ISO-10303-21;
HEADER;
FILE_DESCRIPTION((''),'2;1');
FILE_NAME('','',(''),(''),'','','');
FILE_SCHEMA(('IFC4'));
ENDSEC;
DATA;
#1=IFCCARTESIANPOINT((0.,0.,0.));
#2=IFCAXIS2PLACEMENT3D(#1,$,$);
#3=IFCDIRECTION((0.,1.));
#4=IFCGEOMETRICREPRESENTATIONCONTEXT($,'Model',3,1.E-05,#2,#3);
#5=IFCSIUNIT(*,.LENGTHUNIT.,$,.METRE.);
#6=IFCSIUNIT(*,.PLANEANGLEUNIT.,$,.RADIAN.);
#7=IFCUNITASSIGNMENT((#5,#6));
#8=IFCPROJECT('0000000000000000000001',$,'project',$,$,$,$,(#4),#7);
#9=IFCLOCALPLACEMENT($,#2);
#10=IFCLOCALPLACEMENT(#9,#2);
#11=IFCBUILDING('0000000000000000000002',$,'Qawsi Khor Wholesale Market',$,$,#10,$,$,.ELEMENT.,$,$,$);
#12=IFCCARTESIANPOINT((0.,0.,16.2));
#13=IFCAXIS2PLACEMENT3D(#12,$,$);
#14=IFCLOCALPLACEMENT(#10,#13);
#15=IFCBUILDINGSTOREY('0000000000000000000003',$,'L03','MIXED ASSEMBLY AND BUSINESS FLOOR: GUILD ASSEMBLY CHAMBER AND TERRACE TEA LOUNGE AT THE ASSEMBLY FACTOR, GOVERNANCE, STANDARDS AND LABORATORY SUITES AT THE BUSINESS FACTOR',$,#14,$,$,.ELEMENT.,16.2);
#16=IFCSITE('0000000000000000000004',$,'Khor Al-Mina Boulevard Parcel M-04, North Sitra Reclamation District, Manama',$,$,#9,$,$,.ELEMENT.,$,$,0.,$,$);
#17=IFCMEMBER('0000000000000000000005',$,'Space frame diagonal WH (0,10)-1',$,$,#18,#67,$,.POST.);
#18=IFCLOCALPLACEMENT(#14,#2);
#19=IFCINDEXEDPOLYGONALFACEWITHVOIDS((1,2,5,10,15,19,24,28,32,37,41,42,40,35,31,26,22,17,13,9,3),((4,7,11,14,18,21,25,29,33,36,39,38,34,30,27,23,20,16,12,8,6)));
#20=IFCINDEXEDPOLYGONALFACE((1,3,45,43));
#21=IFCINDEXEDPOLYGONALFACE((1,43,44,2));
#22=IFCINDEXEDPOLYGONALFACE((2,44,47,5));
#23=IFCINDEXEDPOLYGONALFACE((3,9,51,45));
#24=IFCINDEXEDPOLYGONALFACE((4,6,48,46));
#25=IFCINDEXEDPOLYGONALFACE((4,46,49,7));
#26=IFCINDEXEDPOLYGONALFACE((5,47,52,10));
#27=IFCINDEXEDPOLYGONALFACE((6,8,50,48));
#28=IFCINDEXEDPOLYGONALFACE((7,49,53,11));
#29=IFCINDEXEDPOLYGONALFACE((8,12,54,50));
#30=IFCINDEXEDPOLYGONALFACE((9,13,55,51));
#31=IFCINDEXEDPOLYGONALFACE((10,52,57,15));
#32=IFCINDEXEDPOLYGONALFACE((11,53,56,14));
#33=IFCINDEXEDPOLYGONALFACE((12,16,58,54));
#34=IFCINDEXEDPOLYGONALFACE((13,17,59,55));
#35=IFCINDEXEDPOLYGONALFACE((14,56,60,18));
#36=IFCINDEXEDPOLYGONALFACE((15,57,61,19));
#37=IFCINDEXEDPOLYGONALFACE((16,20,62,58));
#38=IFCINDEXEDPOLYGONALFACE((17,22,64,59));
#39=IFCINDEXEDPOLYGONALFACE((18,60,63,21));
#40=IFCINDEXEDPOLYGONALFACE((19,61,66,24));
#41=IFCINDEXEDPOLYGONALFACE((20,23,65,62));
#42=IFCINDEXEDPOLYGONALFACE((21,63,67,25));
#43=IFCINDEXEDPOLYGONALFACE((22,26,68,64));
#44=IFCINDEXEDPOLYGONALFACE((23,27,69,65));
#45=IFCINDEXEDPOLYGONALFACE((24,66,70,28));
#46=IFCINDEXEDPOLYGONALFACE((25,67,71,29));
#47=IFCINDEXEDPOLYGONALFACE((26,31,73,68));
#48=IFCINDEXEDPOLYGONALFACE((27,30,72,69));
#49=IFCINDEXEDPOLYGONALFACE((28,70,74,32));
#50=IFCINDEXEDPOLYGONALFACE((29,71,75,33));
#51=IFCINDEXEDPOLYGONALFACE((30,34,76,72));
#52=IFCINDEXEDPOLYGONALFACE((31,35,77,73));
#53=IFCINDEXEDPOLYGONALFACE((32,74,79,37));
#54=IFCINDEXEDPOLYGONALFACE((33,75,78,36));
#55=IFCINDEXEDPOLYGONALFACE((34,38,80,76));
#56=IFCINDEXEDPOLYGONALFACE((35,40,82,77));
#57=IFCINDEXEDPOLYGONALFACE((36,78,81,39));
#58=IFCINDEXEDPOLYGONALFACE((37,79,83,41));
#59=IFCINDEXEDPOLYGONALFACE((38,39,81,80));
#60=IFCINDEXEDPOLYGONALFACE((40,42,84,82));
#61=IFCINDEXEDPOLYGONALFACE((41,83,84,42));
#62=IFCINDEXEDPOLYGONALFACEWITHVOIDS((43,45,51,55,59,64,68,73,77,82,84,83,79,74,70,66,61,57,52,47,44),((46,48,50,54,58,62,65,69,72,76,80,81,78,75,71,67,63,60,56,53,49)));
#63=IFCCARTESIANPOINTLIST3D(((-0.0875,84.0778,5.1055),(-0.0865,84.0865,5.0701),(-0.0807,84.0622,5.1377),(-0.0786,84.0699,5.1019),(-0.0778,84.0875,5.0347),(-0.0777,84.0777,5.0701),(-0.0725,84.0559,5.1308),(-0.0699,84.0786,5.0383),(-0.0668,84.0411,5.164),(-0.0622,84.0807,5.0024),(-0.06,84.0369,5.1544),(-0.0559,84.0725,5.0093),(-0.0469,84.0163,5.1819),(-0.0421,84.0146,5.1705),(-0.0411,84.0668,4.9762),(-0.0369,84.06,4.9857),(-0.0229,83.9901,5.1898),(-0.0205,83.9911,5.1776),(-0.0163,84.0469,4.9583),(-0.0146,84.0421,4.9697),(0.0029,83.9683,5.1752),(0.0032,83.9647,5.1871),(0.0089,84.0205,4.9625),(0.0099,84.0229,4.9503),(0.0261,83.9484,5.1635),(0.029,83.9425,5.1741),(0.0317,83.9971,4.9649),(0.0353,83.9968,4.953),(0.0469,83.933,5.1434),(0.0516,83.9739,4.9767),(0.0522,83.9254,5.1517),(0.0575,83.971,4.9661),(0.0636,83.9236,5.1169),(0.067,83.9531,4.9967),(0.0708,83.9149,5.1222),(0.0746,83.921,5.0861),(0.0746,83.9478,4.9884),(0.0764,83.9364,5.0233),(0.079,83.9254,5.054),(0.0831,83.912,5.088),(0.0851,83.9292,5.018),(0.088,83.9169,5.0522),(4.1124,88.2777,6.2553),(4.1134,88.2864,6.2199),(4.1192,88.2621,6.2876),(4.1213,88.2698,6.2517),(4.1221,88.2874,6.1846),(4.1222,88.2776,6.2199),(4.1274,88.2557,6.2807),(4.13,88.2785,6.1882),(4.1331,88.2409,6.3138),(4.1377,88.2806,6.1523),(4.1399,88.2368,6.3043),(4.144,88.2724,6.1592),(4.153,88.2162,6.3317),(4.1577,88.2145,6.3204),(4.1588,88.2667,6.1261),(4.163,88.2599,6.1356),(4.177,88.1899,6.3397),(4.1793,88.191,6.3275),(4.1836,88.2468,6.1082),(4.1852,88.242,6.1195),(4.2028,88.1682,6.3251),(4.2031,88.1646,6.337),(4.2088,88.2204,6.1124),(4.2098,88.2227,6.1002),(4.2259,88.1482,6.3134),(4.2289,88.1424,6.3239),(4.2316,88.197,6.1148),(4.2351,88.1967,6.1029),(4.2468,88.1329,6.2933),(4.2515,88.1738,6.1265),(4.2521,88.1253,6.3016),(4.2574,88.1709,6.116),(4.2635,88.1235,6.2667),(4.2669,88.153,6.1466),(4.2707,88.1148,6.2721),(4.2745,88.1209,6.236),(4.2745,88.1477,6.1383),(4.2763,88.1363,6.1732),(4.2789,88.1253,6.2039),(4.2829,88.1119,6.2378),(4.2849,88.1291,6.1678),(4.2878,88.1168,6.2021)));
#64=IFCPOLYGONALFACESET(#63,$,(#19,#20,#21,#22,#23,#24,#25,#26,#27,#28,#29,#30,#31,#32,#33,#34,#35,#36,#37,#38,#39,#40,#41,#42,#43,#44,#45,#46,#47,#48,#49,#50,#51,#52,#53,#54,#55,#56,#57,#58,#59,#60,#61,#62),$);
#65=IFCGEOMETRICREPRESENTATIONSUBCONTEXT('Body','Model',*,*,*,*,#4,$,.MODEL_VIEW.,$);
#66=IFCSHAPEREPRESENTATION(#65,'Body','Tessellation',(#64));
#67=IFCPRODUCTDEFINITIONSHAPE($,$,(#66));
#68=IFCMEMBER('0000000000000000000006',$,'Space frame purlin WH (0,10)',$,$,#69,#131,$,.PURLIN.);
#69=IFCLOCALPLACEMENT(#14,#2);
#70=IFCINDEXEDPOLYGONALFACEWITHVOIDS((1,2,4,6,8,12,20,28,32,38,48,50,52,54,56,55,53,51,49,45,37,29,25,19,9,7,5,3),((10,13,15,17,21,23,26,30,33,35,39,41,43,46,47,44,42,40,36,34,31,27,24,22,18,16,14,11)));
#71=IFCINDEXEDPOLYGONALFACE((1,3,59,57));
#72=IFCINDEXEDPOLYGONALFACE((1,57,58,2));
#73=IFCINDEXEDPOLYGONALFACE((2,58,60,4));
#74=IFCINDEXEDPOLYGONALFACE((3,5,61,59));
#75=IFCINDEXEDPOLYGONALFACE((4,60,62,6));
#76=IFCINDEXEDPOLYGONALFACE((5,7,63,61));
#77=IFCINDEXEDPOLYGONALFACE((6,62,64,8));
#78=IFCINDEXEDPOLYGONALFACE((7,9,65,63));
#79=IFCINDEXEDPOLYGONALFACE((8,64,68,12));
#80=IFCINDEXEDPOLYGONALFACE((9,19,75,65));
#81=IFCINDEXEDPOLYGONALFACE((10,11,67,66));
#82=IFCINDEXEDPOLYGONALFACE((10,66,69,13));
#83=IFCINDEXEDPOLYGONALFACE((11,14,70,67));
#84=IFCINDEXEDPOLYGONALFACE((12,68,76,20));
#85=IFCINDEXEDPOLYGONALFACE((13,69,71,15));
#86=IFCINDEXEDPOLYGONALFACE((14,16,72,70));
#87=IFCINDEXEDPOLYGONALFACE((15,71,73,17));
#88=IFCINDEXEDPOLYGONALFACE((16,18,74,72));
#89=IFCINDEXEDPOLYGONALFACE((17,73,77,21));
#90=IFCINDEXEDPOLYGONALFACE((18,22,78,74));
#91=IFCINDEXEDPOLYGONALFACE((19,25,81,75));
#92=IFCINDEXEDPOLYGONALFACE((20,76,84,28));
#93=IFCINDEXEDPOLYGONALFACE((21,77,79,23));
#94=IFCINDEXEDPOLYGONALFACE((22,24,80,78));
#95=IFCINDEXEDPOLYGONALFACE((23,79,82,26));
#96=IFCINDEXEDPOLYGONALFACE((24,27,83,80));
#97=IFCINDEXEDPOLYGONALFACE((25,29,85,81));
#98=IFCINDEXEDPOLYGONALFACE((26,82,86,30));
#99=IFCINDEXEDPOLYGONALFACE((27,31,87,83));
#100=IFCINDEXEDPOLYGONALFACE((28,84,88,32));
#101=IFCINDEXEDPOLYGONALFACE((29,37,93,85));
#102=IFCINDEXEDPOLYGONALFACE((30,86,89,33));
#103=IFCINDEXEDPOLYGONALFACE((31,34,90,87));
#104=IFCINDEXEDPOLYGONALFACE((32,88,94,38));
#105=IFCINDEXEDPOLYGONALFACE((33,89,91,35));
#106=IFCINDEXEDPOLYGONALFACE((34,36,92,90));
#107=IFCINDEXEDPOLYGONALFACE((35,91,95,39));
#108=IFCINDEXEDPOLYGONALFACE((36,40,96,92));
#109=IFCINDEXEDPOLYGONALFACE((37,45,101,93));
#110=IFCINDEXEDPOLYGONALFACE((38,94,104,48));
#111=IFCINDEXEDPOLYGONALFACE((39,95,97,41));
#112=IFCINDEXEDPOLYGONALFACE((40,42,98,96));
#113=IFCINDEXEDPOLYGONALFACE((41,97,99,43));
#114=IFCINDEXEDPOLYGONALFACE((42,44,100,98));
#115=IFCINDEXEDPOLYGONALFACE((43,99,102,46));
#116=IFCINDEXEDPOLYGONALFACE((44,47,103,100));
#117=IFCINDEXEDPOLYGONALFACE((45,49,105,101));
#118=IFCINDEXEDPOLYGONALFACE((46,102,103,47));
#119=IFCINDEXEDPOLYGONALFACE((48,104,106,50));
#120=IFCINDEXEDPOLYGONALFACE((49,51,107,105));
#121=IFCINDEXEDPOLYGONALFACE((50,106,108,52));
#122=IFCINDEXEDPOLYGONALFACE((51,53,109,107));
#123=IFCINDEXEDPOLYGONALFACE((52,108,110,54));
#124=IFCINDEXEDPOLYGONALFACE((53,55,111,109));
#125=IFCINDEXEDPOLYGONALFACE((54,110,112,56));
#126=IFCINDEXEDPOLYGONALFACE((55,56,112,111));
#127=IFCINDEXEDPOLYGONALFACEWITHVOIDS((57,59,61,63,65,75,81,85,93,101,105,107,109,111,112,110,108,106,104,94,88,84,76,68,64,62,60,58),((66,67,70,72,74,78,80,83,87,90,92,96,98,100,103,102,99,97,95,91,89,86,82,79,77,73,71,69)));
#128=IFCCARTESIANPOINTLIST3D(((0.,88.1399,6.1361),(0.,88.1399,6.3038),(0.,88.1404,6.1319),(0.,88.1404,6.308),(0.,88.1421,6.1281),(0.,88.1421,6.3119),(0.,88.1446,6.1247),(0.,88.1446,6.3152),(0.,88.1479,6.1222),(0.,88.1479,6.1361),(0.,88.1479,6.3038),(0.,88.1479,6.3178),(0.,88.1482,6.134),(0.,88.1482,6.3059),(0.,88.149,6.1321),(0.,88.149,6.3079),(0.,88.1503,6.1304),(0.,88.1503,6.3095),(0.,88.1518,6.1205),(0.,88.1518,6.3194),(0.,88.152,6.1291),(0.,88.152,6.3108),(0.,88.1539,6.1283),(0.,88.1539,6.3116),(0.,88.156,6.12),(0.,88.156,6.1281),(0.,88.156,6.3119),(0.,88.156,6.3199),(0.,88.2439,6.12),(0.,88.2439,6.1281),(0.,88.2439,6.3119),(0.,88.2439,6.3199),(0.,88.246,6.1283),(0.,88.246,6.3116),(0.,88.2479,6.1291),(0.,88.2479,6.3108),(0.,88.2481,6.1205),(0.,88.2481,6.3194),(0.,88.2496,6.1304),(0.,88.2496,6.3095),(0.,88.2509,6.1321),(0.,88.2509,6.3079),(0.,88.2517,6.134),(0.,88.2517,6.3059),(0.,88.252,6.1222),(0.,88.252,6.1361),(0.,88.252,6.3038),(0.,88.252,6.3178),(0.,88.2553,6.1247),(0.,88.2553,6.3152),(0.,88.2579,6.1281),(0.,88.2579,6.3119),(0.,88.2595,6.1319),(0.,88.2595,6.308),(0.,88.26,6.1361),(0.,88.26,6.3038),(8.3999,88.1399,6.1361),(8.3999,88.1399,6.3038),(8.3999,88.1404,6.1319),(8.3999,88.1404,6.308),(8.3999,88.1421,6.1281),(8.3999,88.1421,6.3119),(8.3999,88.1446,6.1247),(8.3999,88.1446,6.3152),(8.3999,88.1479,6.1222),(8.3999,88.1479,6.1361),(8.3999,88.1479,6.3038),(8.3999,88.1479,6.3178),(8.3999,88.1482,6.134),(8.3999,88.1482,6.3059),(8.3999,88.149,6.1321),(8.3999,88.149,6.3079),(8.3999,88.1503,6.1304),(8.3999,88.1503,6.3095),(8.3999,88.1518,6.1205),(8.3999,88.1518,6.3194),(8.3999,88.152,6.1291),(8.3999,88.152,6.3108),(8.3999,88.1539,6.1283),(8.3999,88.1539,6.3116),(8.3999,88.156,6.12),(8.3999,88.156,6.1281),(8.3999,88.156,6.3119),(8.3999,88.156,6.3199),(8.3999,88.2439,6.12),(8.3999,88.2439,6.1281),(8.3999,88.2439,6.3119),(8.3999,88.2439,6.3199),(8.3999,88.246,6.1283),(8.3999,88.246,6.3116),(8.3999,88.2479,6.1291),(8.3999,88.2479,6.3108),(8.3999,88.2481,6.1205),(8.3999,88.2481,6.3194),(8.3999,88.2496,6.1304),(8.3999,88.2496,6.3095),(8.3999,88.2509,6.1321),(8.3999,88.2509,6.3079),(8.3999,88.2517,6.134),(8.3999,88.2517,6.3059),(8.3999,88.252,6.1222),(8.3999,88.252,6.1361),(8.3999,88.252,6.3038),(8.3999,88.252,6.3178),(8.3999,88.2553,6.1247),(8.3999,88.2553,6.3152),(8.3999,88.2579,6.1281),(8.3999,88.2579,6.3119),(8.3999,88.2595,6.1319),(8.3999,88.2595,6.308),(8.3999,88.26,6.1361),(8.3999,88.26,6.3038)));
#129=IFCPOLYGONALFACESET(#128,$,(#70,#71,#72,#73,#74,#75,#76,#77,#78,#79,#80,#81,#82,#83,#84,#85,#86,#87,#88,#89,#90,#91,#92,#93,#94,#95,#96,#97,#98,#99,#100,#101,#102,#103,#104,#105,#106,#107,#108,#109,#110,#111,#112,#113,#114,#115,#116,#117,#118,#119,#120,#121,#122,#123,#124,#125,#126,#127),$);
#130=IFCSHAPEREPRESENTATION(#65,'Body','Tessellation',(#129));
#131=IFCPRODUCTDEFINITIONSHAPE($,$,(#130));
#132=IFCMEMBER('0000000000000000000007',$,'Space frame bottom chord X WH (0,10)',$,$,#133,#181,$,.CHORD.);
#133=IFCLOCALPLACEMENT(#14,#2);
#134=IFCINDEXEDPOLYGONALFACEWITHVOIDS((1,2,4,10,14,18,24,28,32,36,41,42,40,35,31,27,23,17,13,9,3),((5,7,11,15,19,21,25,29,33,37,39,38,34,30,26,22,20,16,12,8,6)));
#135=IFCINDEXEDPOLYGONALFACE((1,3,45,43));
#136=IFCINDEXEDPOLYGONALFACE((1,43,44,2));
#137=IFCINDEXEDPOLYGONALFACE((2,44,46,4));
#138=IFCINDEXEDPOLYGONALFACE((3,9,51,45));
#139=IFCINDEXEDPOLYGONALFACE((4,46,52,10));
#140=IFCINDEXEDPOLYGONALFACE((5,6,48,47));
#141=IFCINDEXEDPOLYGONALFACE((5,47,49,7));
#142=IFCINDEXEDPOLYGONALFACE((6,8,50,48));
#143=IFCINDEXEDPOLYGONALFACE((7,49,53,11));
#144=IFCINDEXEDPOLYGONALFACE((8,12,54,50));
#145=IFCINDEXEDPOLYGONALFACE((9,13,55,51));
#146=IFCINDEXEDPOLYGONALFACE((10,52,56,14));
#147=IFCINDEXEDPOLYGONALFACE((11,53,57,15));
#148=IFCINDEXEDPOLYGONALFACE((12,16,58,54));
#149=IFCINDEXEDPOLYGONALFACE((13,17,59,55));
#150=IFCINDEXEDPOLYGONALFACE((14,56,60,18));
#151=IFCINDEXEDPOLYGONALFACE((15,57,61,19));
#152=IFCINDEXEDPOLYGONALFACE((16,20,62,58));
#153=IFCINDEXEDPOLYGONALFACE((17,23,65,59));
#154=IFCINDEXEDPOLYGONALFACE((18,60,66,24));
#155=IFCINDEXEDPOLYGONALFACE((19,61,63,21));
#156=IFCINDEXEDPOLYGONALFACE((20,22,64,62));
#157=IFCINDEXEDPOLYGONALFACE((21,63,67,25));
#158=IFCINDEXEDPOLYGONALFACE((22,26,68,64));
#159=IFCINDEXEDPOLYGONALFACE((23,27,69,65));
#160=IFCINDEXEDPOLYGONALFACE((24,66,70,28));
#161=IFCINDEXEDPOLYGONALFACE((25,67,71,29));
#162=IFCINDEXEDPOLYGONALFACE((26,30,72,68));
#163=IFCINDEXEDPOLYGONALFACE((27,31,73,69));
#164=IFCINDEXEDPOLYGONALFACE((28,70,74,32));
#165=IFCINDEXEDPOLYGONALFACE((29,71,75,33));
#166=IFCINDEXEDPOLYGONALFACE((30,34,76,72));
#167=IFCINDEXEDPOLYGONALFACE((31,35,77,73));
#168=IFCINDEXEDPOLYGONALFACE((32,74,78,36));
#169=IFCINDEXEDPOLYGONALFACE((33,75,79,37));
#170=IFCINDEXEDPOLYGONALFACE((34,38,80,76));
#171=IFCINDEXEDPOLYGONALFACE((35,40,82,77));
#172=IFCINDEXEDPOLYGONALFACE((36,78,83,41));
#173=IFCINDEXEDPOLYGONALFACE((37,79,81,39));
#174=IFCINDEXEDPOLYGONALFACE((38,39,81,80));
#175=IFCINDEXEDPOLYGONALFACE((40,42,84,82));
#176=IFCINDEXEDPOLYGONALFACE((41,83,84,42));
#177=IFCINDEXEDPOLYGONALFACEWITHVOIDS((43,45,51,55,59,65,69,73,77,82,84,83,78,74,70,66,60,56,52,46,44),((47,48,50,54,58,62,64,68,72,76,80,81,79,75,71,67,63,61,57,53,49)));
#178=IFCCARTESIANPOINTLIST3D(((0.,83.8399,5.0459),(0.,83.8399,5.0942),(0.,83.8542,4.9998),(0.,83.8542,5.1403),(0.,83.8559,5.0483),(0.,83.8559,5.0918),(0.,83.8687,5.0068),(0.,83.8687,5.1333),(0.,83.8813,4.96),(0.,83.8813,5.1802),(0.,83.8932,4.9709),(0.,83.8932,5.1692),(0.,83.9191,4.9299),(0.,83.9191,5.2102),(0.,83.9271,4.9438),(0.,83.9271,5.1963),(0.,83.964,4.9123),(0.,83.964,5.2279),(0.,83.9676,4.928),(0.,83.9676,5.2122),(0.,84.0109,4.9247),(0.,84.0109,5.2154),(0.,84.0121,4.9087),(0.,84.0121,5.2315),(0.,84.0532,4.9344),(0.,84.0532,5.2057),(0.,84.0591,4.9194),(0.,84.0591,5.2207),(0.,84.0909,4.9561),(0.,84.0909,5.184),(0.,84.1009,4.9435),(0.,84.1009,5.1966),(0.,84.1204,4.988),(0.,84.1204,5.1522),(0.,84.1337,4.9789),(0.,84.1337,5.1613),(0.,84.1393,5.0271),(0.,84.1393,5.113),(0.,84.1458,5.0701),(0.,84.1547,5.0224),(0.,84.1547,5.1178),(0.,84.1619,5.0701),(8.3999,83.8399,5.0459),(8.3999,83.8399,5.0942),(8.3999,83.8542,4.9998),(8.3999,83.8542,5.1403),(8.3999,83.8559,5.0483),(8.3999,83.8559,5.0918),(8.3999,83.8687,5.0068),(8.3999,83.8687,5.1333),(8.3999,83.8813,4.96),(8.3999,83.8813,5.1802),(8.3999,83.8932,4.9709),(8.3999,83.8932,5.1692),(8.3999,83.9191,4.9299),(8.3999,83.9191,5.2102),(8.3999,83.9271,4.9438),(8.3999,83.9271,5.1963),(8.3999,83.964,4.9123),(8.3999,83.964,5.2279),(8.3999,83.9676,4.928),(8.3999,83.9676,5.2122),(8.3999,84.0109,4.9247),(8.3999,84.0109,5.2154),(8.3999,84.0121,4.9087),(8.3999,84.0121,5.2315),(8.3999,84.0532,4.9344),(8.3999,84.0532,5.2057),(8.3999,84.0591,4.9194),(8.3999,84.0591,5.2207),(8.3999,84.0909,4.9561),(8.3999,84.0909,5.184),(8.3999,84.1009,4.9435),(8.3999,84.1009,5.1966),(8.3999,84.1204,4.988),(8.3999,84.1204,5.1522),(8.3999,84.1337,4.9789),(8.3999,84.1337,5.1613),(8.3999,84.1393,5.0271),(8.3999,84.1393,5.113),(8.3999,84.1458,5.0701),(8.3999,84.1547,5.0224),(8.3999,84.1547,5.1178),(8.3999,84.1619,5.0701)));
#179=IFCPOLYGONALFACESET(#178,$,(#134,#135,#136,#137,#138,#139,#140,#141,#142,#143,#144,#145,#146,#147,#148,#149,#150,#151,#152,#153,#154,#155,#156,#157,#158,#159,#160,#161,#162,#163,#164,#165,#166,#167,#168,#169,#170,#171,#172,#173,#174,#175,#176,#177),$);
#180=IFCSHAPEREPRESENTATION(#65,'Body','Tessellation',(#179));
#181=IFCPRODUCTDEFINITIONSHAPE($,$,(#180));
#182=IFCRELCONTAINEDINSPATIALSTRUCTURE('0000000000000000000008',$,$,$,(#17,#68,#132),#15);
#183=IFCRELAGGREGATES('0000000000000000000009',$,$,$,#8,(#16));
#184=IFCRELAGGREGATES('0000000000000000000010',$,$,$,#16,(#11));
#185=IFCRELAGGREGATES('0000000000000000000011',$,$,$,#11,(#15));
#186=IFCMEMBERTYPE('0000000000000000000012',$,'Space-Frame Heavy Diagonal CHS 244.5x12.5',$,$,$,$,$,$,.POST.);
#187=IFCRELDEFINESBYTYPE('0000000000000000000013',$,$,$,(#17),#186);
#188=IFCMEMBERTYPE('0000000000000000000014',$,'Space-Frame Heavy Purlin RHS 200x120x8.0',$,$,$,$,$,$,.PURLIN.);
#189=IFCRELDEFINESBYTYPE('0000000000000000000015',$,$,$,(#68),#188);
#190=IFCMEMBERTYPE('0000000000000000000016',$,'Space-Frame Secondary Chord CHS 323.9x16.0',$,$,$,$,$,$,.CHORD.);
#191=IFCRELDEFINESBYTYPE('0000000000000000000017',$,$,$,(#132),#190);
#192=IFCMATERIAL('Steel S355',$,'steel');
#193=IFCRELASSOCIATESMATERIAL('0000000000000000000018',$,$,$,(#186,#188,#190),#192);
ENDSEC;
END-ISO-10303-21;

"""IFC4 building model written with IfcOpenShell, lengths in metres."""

from ifc_helpers import new_model, si_unit, direction, frame, origin, origin_2d, place, context, subcontext, project, spatial, hollow_rectangle, hollow_circle, extrude, material, material_profile, profile_set, type_object, element, save


model = new_model("IFC4")

# Units and contexts
model_context = context("Model", 3, precision=1e-05, world=origin(), true_north=direction((0.0, 1.0)))
body_context = subcontext(model_context, "Body", "Model", "MODEL_VIEW")
ifc_project = project(units=[si_unit("LENGTHUNIT", "METRE"), si_unit("PLANEANGLEUNIT", "RADIAN")], contexts=[model_context])

# Site, building, storey
site_placement = place(None, origin())
site = spatial("IfcSite", under=ifc_project, at=site_placement, Name="Khor Al-Mina Boulevard Parcel M-04, North Sitra Reclamation District, Manama", CompositionType="ELEMENT", RefElevation=0.0)
building_placement = place(site_placement, origin())
building = spatial("IfcBuilding", under=site, at=building_placement, Name="Qawsi Khor Wholesale Market", CompositionType="ELEMENT")
storey_placement = place(building_placement, frame((0.0, 0.0, 16.2)))
storey = spatial("IfcBuildingStorey", under=building, at=storey_placement, Name="L03", Description="MIXED ASSEMBLY AND BUSINESS FLOOR: GUILD ASSEMBLY CHAMBER AND TERRACE TEA LOUNGE AT THE ASSEMBLY FACTOR, GOVERNANCE, STANDARDS AND LABORATORY SUITES AT THE BUSINESS FACTOR", CompositionType="ELEMENT", Elevation=16.2)

# Members
ifc_material_1 = material(Name="Steel S355", Category="steel")
ifc_material_profile_1 = material_profile(ifc_material_1, hollow_circle(Radius=0.1223, WallThickness=0.0125, at=origin_2d()), Name="CHS 244.5x12.5")
ifc_profile_set_1 = profile_set([ifc_material_profile_1], Name="Steel S355")
member_type_1 = type_object("IfcMemberType", Name="Space-Frame Heavy Diagonal CHS 244.5x12.5", PredefinedType="POST", material=ifc_profile_set_1)
member_1_placement = place(storey_placement, frame((0.0, 84.0, 5.0701), z_axis=(0.694217, 0.694217, 0.190069), x_axis=(-0.707107, 0.707107, 0.0)))
element("IfcMember", 1, at=member_1_placement, inside=storey, type_object=member_type_1, Name="Space frame diagonal WH (0,10)-1", PredefinedType="POST", context=body_context, shape_type="SweptSolid", body=[
    extrude(hollow_circle(Radius=0.1223, WallThickness=0.0125, at=origin_2d()), origin(), (0.0, 0.0, 1.0), 6.0498),
])
ifc_material_profile_2 = material_profile(ifc_material_1, hollow_rectangle(XDim=0.1201, YDim=0.2, WallThickness=0.0081, InnerFilletRadius=0.0081, OuterFilletRadius=0.0161, at=origin_2d()), Name="RHS 200x120x8.0")
ifc_profile_set_2 = profile_set([ifc_material_profile_2], Name="Steel S355")
member_type_2 = type_object("IfcMemberType", Name="Space-Frame Heavy Purlin RHS 200x120x8.0", PredefinedType="PURLIN", material=ifc_profile_set_2)
member_2_placement = place(storey_placement, frame((0.0, 88.2, 6.22), z_axis=(1.0, 0.0, 0.0), x_axis=(0.0, 1.0, 0.0)))
element("IfcMember", 2, at=member_2_placement, inside=storey, type_object=member_type_2, Name="Space frame purlin WH (0,10)", PredefinedType="PURLIN", context=body_context, shape_type="SweptSolid", body=[
    extrude(hollow_rectangle(XDim=0.1201, YDim=0.2, WallThickness=0.0081, InnerFilletRadius=0.0081, OuterFilletRadius=0.0161, at=origin_2d()), origin(), (0.0, 0.0, 1.0), 8.3999),
])
ifc_material_profile_3 = material_profile(ifc_material_1, hollow_circle(Radius=0.1619, WallThickness=0.0161, at=origin_2d()), Name="CHS 323.9x16.0")
ifc_profile_set_3 = profile_set([ifc_material_profile_3], Name="Steel S355")
member_type_3 = type_object("IfcMemberType", Name="Space-Frame Secondary Chord CHS 323.9x16.0", PredefinedType="CHORD", material=ifc_profile_set_3)
member_3_placement = place(storey_placement, frame((0.0, 84.0, 5.0701), z_axis=(1.0, 0.0, 0.0), x_axis=(0.0, 1.0, 0.0)))
element("IfcMember", 3, at=member_3_placement, inside=storey, type_object=member_type_3, Name="Space frame bottom chord X WH (0,10)", PredefinedType="CHORD", context=body_context, shape_type="SweptSolid", body=[
    extrude(hollow_circle(Radius=0.1619, WallThickness=0.0161, at=origin_2d()), origin(), (0.0, 0.0, 1.0), 8.3999),
])

save(model, "model.ifc")
